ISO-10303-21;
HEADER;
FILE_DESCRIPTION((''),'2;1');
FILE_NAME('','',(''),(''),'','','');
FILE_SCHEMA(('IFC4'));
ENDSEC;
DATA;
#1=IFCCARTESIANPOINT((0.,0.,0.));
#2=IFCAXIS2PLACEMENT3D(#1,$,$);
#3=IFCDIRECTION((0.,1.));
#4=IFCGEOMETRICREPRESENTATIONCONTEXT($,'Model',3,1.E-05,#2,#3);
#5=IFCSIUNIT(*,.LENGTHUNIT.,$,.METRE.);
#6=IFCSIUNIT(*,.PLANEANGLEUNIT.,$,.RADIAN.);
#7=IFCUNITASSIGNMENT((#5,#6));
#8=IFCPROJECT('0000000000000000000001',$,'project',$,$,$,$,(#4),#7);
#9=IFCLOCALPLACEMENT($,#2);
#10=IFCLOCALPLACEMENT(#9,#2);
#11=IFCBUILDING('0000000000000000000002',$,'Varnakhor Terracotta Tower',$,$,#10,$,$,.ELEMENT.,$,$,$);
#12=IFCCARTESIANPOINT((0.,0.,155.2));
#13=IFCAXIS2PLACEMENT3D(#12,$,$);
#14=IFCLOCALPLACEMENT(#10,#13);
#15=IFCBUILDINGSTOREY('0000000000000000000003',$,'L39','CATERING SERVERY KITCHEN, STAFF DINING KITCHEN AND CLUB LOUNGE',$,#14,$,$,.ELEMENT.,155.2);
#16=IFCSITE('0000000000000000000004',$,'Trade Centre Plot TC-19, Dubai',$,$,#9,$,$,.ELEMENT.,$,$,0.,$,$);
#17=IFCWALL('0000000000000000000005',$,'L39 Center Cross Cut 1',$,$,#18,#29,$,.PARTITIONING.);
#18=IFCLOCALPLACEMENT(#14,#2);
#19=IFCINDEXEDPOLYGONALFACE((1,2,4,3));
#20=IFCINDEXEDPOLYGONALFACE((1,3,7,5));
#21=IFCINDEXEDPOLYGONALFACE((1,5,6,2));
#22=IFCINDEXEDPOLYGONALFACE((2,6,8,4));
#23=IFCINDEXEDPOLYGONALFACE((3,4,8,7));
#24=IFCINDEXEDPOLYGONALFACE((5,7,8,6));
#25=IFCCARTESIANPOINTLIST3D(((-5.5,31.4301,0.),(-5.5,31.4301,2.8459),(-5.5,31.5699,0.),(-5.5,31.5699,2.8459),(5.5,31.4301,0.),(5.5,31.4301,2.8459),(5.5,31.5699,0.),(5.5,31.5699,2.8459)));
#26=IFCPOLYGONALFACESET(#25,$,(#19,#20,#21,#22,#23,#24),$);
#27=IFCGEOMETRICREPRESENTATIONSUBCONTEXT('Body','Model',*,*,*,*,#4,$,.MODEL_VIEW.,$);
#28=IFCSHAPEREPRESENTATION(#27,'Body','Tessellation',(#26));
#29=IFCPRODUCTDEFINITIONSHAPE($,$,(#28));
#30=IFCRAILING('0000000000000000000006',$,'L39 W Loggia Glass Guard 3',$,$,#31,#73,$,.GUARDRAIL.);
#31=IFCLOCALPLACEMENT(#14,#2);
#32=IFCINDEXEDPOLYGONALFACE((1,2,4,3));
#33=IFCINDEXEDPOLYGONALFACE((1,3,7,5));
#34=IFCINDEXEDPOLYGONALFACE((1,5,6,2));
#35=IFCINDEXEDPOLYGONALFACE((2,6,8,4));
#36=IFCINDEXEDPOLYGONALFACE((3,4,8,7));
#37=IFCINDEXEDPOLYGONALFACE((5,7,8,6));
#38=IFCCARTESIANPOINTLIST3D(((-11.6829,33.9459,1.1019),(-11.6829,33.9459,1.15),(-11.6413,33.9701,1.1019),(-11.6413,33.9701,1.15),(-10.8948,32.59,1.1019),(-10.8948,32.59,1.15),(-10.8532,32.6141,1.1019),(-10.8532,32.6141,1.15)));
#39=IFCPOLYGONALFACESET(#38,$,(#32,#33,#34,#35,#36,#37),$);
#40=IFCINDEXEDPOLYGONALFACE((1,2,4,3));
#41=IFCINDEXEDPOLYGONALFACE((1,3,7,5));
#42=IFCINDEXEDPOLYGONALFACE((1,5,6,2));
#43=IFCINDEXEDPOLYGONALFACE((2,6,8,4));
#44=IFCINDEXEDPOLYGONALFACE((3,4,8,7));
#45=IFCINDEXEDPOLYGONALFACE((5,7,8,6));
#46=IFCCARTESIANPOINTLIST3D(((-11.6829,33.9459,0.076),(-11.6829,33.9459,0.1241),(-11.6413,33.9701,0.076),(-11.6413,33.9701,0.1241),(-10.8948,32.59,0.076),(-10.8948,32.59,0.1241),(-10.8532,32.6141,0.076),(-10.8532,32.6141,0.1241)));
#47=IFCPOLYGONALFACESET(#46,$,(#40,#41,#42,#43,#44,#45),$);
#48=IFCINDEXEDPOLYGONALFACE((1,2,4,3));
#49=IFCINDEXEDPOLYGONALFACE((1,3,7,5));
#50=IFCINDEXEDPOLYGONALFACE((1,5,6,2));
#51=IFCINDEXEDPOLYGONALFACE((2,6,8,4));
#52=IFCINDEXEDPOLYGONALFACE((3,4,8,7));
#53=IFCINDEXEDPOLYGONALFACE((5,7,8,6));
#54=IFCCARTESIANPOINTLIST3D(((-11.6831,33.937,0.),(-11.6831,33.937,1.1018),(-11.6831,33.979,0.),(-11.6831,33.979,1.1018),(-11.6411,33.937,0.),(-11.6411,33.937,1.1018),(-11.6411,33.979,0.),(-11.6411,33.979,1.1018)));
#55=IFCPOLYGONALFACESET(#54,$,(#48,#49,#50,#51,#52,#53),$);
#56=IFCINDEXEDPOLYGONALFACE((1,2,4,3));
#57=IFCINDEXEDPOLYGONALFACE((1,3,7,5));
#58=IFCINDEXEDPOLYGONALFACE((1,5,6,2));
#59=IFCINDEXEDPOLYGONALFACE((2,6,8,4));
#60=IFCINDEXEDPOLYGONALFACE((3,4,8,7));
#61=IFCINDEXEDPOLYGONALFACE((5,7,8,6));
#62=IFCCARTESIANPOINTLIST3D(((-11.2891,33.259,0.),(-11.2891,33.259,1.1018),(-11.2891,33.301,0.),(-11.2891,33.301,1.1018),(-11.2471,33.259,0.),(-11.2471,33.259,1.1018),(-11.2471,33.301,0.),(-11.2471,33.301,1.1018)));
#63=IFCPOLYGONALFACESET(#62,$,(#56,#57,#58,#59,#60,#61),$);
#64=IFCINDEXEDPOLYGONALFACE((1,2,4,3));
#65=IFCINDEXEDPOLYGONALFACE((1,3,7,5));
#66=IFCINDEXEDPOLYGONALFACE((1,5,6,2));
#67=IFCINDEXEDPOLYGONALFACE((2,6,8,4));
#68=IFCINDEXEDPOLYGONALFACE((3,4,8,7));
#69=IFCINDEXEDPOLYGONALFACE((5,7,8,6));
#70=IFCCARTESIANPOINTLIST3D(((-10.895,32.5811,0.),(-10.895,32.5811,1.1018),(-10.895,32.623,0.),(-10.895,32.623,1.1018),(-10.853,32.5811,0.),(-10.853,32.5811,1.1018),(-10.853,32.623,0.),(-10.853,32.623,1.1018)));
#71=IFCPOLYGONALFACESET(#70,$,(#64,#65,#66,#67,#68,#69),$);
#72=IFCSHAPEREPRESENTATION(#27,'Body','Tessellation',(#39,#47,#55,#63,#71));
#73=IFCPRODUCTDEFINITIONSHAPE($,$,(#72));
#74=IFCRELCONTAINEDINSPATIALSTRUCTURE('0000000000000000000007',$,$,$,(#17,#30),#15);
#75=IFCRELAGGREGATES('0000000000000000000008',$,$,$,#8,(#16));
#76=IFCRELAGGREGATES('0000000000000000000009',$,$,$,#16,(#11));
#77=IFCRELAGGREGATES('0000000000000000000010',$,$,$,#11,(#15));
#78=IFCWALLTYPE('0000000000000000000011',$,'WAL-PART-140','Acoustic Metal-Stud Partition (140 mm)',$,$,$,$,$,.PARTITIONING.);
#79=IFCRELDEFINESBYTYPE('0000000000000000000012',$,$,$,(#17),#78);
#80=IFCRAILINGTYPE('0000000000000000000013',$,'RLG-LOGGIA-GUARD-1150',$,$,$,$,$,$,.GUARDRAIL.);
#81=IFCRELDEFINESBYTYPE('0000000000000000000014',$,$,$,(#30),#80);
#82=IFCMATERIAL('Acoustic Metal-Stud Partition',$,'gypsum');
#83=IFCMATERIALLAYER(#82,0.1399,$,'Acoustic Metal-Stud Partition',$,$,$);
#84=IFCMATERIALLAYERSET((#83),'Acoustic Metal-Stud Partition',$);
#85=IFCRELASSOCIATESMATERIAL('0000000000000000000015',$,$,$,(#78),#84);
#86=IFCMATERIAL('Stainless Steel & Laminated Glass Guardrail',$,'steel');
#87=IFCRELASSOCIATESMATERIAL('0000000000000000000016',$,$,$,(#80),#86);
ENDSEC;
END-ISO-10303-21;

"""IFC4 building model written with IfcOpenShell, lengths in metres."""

from ifc_helpers import new_model, si_unit, direction, frame, frame_2d, origin, origin_2d, place, context, subcontext, project, spatial, rectangle, extrude, material, layer, layer_set, type_object, element, save


model = new_model("IFC4")

# Units and contexts
model_context = context("Model", 3, precision=1e-05, world=origin(), true_north=direction((0.0, 1.0)))
body_context = subcontext(model_context, "Body", "Model", "MODEL_VIEW")
ifc_project = project(units=[si_unit("LENGTHUNIT", "METRE"), si_unit("PLANEANGLEUNIT", "RADIAN")], contexts=[model_context])

# Site, building, storey
site_placement = place(None, origin())
site = spatial("IfcSite", under=ifc_project, at=site_placement, Name="Trade Centre Plot TC-19, Dubai", CompositionType="ELEMENT", RefElevation=0.0)
building_placement = place(site_placement, origin())
building = spatial("IfcBuilding", under=site, at=building_placement, Name="Varnakhor Terracotta Tower", CompositionType="ELEMENT")
storey_placement = place(building_placement, frame((0.0, 0.0, 155.2)))
storey = spatial("IfcBuildingStorey", under=building, at=storey_placement, Name="L39", Description="CATERING SERVERY KITCHEN, STAFF DINING KITCHEN AND CLUB LOUNGE", CompositionType="ELEMENT", Elevation=155.2)

# Shared definitions
ifc_material_1 = material(Name="Acoustic Metal-Stud Partition", Category="gypsum")
ifc_layer_1 = layer(ifc_material_1, 0.1399, Name="Acoustic Metal-Stud Partition")
ifc_layer_set_1 = layer_set([ifc_layer_1], Name="Acoustic Metal-Stud Partition")
wall_type_1 = type_object("IfcWallType", Name="WAL-PART-140", Description="Acoustic Metal-Stud Partition (140 mm)", PredefinedType="PARTITIONING", material=ifc_layer_set_1)

# Wall
wall_1_placement = place(storey_placement, frame((-5.5, 31.5, 0.0), z_axis=(0.0, 0.0, 1.0), x_axis=(1.0, 0.0, 0.0)))
element("IfcWall", 1, at=wall_1_placement, inside=storey, type_object=wall_type_1, Name="L39 Center Cross Cut 1", PredefinedType="PARTITIONING", context=body_context, shape_type="SweptSolid", body=[
    extrude(rectangle(XDim=11.0, YDim=0.1399, at=frame_2d((5.5, 0.0))), origin(), (0.0, 0.0, 1.0), 2.8459),
])

# Railing
ifc_material_2 = material(Name="Stainless Steel & Laminated Glass Guardrail", Category="steel")
railing_type = type_object("IfcRailingType", Name="RLG-LOGGIA-GUARD-1150", PredefinedType="GUARDRAIL", material=ifc_material_2)
railing_placement = place(storey_placement, frame((-11.6621, 33.958, 0.0)))
element("IfcRailing", 2, at=railing_placement, inside=storey, type_object=railing_type, Name="L39 W Loggia Glass Guard 3", PredefinedType="GUARDRAIL", context=body_context, shape_type="SweptSolid", body=[
    extrude(rectangle(XDim=0.0481, YDim=0.0481, at=origin_2d()), frame((0.0, 0.0, 1.126), z_axis=(0.502496, -0.86458, 0.0), x_axis=(0.86458, 0.502496, 0.0)), (0.0, 0.0, 1.0), 1.5684),
    extrude(rectangle(XDim=0.0481, YDim=0.0481, at=origin_2d()), frame((0.0, 0.0, 0.1001), z_axis=(0.502496, -0.86458, 0.0), x_axis=(0.86458, 0.502496, 0.0)), (0.0, 0.0, 1.0), 1.5684),
    extrude(rectangle(XDim=0.042, YDim=0.042, at=origin_2d()), origin(), (0.0, 0.0, 1.0), 1.1018),
    extrude(rectangle(XDim=0.042, YDim=0.042, at=origin_2d()), frame((0.394, -0.678, 0.0)), (0.0, 0.0, 1.0), 1.1018),
    extrude(rectangle(XDim=0.042, YDim=0.042, at=origin_2d()), frame((0.7881, -1.356, 0.0)), (0.0, 0.0, 1.0), 1.1018),
])

save(model, "model.ifc")
